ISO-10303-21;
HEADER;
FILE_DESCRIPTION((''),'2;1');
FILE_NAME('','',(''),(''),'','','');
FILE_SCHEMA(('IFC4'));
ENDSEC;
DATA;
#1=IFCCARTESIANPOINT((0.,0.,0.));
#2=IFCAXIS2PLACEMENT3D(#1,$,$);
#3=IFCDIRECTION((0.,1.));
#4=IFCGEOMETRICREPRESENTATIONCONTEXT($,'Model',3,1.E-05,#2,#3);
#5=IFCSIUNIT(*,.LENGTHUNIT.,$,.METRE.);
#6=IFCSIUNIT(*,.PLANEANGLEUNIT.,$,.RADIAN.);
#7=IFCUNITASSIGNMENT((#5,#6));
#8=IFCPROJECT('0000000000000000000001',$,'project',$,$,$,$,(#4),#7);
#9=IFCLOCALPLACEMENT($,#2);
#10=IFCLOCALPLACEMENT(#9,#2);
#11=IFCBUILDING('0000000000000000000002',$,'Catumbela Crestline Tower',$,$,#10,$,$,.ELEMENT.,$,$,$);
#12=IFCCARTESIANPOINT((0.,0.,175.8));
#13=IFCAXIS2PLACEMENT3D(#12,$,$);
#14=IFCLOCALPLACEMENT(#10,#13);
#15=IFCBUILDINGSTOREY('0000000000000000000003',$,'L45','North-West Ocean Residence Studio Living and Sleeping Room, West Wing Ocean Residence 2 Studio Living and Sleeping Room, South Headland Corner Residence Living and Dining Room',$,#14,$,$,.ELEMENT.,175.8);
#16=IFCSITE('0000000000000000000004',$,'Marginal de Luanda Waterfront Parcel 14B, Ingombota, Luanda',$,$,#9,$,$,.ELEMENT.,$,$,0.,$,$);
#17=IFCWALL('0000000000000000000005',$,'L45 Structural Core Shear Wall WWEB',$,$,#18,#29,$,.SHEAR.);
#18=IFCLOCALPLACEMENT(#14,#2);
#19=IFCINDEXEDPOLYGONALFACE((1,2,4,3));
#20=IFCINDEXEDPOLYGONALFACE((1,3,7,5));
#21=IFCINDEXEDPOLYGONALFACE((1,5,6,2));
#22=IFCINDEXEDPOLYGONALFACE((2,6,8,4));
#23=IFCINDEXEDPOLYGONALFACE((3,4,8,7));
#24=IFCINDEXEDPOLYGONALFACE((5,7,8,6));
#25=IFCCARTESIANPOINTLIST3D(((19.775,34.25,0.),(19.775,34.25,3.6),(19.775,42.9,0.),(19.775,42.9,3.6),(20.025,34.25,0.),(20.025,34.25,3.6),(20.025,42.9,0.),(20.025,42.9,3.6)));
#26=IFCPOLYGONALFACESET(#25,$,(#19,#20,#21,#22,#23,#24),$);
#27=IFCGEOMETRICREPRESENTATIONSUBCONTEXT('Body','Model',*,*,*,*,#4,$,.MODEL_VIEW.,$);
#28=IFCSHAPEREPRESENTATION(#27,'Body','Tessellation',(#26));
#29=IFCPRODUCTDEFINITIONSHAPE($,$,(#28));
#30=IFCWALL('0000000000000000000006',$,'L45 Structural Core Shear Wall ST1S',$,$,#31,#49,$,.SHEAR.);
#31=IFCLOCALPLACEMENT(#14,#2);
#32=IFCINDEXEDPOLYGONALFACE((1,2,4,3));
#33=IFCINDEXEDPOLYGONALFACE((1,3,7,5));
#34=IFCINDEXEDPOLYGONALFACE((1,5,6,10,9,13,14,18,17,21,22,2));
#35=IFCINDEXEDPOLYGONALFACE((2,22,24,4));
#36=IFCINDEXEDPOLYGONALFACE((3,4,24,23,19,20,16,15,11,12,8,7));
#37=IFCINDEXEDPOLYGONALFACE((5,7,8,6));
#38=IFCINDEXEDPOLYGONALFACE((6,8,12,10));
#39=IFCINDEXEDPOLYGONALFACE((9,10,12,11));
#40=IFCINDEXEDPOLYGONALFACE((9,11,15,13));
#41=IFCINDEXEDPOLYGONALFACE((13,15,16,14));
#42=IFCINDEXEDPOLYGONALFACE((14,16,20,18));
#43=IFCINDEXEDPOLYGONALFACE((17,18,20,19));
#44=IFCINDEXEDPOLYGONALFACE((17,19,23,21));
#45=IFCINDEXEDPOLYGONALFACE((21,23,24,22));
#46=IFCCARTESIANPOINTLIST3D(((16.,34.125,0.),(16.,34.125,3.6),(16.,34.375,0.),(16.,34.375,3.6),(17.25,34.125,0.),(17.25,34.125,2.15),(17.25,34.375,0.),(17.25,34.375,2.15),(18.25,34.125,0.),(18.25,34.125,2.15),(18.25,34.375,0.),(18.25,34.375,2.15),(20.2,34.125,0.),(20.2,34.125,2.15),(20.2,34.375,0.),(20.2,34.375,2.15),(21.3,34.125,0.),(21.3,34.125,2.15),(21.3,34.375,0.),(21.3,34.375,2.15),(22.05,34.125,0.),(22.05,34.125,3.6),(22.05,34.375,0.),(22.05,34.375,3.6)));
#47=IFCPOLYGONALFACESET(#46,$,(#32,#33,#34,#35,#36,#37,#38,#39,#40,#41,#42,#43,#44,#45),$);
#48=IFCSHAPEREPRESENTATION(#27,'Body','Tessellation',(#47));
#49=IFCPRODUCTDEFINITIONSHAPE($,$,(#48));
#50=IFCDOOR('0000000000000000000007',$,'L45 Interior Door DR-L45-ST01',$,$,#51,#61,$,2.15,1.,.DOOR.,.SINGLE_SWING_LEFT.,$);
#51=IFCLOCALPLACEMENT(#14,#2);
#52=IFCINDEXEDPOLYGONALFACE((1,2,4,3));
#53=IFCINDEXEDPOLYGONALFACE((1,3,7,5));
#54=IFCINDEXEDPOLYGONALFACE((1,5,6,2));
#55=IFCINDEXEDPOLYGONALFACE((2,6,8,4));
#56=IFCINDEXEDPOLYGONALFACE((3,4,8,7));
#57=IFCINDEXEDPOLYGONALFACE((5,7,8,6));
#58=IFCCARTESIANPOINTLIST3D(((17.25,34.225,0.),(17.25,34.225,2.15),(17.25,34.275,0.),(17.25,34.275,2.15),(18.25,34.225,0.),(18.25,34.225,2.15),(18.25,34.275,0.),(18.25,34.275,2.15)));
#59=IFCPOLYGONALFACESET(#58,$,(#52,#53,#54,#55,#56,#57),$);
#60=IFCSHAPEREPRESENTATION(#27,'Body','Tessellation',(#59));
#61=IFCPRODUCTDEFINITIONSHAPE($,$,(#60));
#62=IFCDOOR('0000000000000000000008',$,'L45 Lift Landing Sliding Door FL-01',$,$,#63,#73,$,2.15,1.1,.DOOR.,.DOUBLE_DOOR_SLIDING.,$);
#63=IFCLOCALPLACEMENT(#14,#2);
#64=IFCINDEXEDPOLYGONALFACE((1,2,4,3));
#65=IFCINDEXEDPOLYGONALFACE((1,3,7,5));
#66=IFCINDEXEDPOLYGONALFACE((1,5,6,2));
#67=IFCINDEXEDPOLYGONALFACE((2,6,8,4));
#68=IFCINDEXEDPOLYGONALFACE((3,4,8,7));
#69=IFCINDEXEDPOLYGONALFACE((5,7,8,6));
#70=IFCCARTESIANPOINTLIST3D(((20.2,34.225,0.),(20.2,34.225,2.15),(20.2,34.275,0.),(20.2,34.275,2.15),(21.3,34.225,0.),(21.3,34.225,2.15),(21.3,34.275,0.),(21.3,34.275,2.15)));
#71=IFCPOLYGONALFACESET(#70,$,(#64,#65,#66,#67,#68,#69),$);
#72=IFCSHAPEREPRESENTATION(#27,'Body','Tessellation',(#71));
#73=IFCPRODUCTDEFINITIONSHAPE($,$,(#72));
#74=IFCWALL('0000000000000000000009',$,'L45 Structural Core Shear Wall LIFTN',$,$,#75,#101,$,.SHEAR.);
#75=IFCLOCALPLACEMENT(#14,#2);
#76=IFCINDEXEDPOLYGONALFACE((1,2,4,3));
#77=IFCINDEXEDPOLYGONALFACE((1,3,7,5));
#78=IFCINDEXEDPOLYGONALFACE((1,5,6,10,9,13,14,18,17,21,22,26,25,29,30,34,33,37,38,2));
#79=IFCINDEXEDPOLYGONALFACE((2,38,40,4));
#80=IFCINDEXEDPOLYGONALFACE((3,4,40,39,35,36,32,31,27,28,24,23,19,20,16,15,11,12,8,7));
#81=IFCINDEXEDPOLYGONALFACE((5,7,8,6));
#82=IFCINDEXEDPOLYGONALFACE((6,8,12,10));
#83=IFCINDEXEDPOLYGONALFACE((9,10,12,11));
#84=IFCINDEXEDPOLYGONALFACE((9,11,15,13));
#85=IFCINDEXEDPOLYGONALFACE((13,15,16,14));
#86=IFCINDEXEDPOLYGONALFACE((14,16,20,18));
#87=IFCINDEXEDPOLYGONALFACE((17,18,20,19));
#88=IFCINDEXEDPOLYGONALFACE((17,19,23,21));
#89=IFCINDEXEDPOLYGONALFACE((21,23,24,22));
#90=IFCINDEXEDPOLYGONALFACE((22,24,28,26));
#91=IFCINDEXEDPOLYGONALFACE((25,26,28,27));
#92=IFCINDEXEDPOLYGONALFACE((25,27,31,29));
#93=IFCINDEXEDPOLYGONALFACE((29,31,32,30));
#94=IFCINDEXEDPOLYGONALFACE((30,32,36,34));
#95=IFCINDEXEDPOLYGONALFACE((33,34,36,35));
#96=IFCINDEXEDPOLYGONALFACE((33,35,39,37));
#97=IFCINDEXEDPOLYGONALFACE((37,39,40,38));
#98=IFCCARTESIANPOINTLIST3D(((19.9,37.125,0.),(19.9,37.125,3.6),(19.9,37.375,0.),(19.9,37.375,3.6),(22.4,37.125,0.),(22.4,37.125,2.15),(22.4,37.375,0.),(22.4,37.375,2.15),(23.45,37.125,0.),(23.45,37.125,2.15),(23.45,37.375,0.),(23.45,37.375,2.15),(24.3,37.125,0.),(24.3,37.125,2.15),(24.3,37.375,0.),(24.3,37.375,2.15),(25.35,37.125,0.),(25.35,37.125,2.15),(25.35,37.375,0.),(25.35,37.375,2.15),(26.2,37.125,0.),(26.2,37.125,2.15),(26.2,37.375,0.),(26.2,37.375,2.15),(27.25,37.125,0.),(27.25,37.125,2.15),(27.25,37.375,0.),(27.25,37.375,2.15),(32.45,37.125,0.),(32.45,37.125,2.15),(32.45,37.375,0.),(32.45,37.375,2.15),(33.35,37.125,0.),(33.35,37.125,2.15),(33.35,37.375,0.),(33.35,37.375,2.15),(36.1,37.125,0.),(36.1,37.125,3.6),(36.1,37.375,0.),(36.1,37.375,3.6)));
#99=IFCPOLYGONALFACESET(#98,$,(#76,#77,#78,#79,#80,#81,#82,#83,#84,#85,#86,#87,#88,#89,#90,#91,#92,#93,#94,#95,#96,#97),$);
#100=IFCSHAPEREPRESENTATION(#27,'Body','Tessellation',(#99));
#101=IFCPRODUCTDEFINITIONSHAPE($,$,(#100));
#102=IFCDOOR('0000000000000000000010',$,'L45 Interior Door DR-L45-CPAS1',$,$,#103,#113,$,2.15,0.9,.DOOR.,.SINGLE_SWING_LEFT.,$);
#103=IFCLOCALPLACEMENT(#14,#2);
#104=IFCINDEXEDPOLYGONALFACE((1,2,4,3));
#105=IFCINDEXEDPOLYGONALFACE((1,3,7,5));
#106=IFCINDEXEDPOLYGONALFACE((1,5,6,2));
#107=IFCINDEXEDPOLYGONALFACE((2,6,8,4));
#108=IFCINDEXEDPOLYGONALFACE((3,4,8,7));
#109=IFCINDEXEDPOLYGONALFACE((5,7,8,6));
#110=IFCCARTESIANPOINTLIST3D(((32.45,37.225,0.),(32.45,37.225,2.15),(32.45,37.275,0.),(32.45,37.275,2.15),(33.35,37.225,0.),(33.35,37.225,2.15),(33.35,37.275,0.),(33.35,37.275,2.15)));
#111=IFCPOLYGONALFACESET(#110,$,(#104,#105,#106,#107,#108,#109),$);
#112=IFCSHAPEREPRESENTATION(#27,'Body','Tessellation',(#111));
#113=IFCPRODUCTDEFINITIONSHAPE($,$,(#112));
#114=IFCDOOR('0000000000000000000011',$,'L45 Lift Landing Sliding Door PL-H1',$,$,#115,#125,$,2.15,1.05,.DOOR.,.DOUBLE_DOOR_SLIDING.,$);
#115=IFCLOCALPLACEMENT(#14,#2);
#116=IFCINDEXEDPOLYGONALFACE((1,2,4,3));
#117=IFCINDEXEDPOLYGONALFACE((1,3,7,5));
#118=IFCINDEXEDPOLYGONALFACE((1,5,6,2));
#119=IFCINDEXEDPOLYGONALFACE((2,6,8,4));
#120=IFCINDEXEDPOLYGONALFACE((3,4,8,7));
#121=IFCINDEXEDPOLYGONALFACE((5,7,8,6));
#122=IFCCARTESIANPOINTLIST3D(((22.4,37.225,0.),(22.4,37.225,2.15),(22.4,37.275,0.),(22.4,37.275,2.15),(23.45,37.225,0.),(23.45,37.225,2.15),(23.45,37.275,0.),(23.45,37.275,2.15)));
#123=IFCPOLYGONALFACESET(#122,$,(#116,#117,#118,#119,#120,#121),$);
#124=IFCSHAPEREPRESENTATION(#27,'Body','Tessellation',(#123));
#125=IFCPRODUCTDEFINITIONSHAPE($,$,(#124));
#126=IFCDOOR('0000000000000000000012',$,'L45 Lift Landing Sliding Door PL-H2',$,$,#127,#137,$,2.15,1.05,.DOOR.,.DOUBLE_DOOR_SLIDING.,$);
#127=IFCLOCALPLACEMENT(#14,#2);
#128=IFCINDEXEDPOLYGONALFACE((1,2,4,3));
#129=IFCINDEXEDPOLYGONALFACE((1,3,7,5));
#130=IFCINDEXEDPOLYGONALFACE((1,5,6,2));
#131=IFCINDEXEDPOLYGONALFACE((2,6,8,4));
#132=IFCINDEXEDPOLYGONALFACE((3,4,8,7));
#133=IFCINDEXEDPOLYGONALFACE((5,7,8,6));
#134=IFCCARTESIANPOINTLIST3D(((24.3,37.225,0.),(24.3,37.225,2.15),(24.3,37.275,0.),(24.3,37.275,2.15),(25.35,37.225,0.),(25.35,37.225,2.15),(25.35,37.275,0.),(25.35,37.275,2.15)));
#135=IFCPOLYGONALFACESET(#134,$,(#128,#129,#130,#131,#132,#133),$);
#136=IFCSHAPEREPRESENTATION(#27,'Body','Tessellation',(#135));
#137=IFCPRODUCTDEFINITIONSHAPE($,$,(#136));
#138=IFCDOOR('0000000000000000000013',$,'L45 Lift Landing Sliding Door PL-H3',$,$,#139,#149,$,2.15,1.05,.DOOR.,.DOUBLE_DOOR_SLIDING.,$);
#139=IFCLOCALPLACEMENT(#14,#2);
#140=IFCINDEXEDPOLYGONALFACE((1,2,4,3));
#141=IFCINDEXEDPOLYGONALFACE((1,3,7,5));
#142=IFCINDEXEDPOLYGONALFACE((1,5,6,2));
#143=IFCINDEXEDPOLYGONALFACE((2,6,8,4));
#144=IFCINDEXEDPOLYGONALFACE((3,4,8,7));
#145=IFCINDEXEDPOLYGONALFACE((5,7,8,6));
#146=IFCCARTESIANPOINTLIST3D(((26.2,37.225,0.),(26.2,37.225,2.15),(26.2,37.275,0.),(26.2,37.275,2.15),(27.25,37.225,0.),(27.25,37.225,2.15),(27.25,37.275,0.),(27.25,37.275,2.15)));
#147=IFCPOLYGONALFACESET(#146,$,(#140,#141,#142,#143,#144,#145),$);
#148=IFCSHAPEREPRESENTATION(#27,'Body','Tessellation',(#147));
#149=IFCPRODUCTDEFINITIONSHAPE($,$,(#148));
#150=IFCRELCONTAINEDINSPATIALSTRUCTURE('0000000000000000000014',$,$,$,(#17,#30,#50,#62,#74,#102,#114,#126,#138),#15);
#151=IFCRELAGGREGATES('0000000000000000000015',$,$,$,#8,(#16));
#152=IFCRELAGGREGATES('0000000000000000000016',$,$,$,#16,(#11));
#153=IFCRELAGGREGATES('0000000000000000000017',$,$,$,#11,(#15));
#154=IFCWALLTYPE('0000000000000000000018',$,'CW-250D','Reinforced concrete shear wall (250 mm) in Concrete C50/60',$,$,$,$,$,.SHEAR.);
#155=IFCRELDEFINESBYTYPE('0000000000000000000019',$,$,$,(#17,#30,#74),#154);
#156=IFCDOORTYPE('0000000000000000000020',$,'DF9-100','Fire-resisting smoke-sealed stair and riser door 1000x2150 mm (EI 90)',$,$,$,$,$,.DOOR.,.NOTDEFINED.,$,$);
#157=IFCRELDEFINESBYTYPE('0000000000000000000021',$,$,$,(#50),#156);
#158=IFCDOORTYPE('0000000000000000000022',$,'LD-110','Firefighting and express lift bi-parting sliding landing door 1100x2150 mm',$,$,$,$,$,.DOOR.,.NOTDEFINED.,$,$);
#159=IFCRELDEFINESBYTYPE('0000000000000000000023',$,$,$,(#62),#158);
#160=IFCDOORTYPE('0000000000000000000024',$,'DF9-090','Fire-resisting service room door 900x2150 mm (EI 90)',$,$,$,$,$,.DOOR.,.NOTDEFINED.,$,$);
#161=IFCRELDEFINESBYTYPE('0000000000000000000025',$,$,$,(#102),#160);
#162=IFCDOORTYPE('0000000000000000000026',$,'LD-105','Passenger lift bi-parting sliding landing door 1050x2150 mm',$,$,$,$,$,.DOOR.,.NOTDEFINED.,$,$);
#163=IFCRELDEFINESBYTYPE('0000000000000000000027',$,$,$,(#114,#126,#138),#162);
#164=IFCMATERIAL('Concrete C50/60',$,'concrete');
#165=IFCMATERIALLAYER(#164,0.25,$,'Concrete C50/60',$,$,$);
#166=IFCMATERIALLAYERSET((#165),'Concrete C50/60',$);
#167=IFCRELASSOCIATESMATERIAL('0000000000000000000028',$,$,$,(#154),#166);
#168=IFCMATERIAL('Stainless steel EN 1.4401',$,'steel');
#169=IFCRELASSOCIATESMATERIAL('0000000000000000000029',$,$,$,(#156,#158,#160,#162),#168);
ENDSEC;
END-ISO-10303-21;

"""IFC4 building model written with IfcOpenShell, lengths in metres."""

from ifc_helpers import new_model, si_unit, direction, frame, frame_2d, origin, place, context, subcontext, project, spatial, rectangle, extrude, material, layer, layer_set, type_object, element, fill, save


model = new_model("IFC4")

# Units and contexts
model_context = context("Model", 3, precision=1e-05, world=origin(), true_north=direction((0.0, 1.0)))
body_context = subcontext(model_context, "Body", "Model", "MODEL_VIEW")
ifc_project = project(units=[si_unit("LENGTHUNIT", "METRE"), si_unit("PLANEANGLEUNIT", "RADIAN")], contexts=[model_context])

# Site, building, storey
site_placement = place(None, origin())
site = spatial("IfcSite", under=ifc_project, at=site_placement, Name="Marginal de Luanda Waterfront Parcel 14B, Ingombota, Luanda", CompositionType="ELEMENT", RefElevation=0.0)
building_placement = place(site_placement, origin())
building = spatial("IfcBuilding", under=site, at=building_placement, Name="Catumbela Crestline Tower", CompositionType="ELEMENT")
storey_placement = place(building_placement, frame((0.0, 0.0, 175.8)))
storey = spatial("IfcBuildingStorey", under=building, at=storey_placement, Name="L45", Description="North-West Ocean Residence Studio Living and Sleeping Room, West Wing Ocean Residence 2 Studio Living and Sleeping Room, South Headland Corner Residence Living and Dining Room", CompositionType="ELEMENT", Elevation=175.8)

# Wall
ifc_material_1 = material(Name="Concrete C50/60", Category="concrete")
ifc_layer_1 = layer(ifc_material_1, 0.25, Name="Concrete C50/60")
ifc_layer_set_1 = layer_set([ifc_layer_1], Name="Concrete C50/60")
wall_type_1 = type_object("IfcWallType", Name="CW-250D", Description="Reinforced concrete shear wall (250 mm) in Concrete C50/60", PredefinedType="SHEAR", material=ifc_layer_set_1)
wall_1_placement = place(storey_placement, frame((19.9, 34.25, 0.0), z_axis=(0.0, 0.0, 1.0), x_axis=(0.0, 1.0, 0.0)))
element("IfcWall", 1, at=wall_1_placement, inside=storey, type_object=wall_type_1, Name="L45 Structural Core Shear Wall WWEB", PredefinedType="SHEAR", context=body_context, shape_type="SweptSolid", body=[
    extrude(rectangle(XDim=8.65, YDim=0.25, at=frame_2d((4.325, 0.0))), origin(), (0.0, 0.0, 1.0), 3.6),
])

# Walls, openings, doors
wall_2_placement = place(storey_placement, frame((16.0, 34.25, 0.0), z_axis=(0.0, 0.0, 1.0), x_axis=(1.0, 0.0, 0.0)))
wall_2 = element("IfcWall", 2, at=wall_2_placement, inside=storey, type_object=wall_type_1, Name="L45 Structural Core Shear Wall ST1S", PredefinedType="SHEAR", context=body_context, shape_type="SweptSolid", body=[
    extrude(rectangle(XDim=6.05, YDim=0.25, at=frame_2d((3.025, 0.0))), origin(), (0.0, 0.0, 1.0), 3.6),
])
opening_1_placement = place(wall_2_placement, frame((1.25, 0.0, 0.0)))
opening_1 = element("IfcOpeningElement", 3, at=opening_1_placement, cuts=wall_2, PredefinedType="OPENING", context=body_context, shape_type="SweptSolid", body=[
    extrude(rectangle(XDim=1.0, YDim=2.15, at=frame_2d((0.5, 1.075))), frame((0.0, 0.135, 0.0), z_axis=(0.0, -1.0, 0.0), x_axis=(1.0, 0.0, 0.0)), (0.0, 0.0, 1.0), 0.27),
])
opening_2_placement = place(wall_2_placement, frame((4.2, 0.0, 0.0)))
opening_2 = element("IfcOpeningElement", 4, at=opening_2_placement, cuts=wall_2, PredefinedType="OPENING", context=body_context, shape_type="SweptSolid", body=[
    extrude(rectangle(XDim=1.1, YDim=2.15, at=frame_2d((0.55, 1.075))), frame((0.0, 0.135, 0.0), z_axis=(0.0, -1.0, 0.0), x_axis=(1.0, 0.0, 0.0)), (0.0, 0.0, 1.0), 0.27),
])
ifc_material_2 = material(Name="Stainless steel EN 1.4401", Category="steel")
door_type_1 = type_object("IfcDoorType", Name="DF9-100", Description="Fire-resisting smoke-sealed stair and riser door 1000x2150 mm (EI 90)", OperationType="NOTDEFINED", PredefinedType="DOOR", material=ifc_material_2)
door_1_placement = place(opening_1_placement, origin())
door_1 = element("IfcDoor", 5, at=door_1_placement, inside=storey, type_object=door_type_1, Name="L45 Interior Door DR-L45-ST01", OperationType="SINGLE_SWING_LEFT", OverallHeight=2.15, OverallWidth=1.0, PredefinedType="DOOR", context=body_context, shape_type="SweptSolid", body=[
    extrude(rectangle(XDim=1.0, YDim=2.15, at=frame_2d((0.5, 1.075))), frame((0.0, 0.025, 0.0), z_axis=(0.0, -1.0, 0.0), x_axis=(1.0, 0.0, 0.0)), (0.0, 0.0, 1.0), 0.05),
])
fill(opening_1, door_1)
door_type_2 = type_object("IfcDoorType", Name="LD-110", Description="Firefighting and express lift bi-parting sliding landing door 1100x2150 mm", OperationType="NOTDEFINED", PredefinedType="DOOR", material=ifc_material_2)
door_2_placement = place(opening_2_placement, origin())
door_2 = element("IfcDoor", 6, at=door_2_placement, inside=storey, type_object=door_type_2, Name="L45 Lift Landing Sliding Door FL-01", OperationType="DOUBLE_DOOR_SLIDING", OverallHeight=2.15, OverallWidth=1.1, PredefinedType="DOOR", context=body_context, shape_type="SweptSolid", body=[
    extrude(rectangle(XDim=1.1, YDim=2.15, at=frame_2d((0.55, 1.075))), frame((0.0, 0.025, 0.0), z_axis=(0.0, -1.0, 0.0), x_axis=(1.0, 0.0, 0.0)), (0.0, 0.0, 1.0), 0.05),
])
fill(opening_2, door_2)
wall_3_placement = place(storey_placement, frame((19.9, 37.25, 0.0), z_axis=(0.0, 0.0, 1.0), x_axis=(1.0, 0.0, 0.0)))
wall_3 = element("IfcWall", 7, at=wall_3_placement, inside=storey, type_object=wall_type_1, Name="L45 Structural Core Shear Wall LIFTN", PredefinedType="SHEAR", context=body_context, shape_type="SweptSolid", body=[
    extrude(rectangle(XDim=16.2, YDim=0.25, at=frame_2d((8.1, 0.0))), origin(), (0.0, 0.0, 1.0), 3.6),
])
opening_3_placement = place(wall_3_placement, frame((12.55, 0.0, 0.0)))
opening_3 = element("IfcOpeningElement", 8, at=opening_3_placement, cuts=wall_3, PredefinedType="OPENING", context=body_context, shape_type="SweptSolid", body=[
    extrude(rectangle(XDim=0.9, YDim=2.15, at=frame_2d((0.45, 1.075))), frame((0.0, 0.135, 0.0), z_axis=(0.0, -1.0, 0.0), x_axis=(1.0, 0.0, 0.0)), (0.0, 0.0, 1.0), 0.27),
])
opening_4_placement = place(wall_3_placement, frame((2.5, 0.0, 0.0)))
opening_4 = element("IfcOpeningElement", 9, at=opening_4_placement, cuts=wall_3, PredefinedType="OPENING", context=body_context, shape_type="SweptSolid", body=[
    extrude(rectangle(XDim=1.05, YDim=2.15, at=frame_2d((0.525, 1.075))), frame((0.0, 0.135, 0.0), z_axis=(0.0, -1.0, 0.0), x_axis=(1.0, 0.0, 0.0)), (0.0, 0.0, 1.0), 0.27),
])
opening_5_placement = place(wall_3_placement, frame((4.4, 0.0, 0.0)))
opening_5 = element("IfcOpeningElement", 10, at=opening_5_placement, cuts=wall_3, PredefinedType="OPENING", context=body_context, shape_type="SweptSolid", body=[
    extrude(rectangle(XDim=1.05, YDim=2.15, at=frame_2d((0.525, 1.075))), frame((0.0, 0.135, 0.0), z_axis=(0.0, -1.0, 0.0), x_axis=(1.0, 0.0, 0.0)), (0.0, 0.0, 1.0), 0.27),
])
opening_6_placement = place(wall_3_placement, frame((6.3, 0.0, 0.0)))
opening_6 = element("IfcOpeningElement", 11, at=opening_6_placement, cuts=wall_3, PredefinedType="OPENING", context=body_context, shape_type="SweptSolid", body=[
    extrude(rectangle(XDim=1.05, YDim=2.15, at=frame_2d((0.525, 1.075))), frame((0.0, 0.135, 0.0), z_axis=(0.0, -1.0, 0.0), x_axis=(1.0, 0.0, 0.0)), (0.0, 0.0, 1.0), 0.27),
])
door_type_3 = type_object("IfcDoorType", Name="DF9-090", Description="Fire-resisting service room door 900x2150 mm (EI 90)", OperationType="NOTDEFINED", PredefinedType="DOOR", material=ifc_material_2)
door_3_placement = place(opening_3_placement, origin())
door_3 = element("IfcDoor", 12, at=door_3_placement, inside=storey, type_object=door_type_3, Name="L45 Interior Door DR-L45-CPAS1", OperationType="SINGLE_SWING_LEFT", OverallHeight=2.15, OverallWidth=0.9, PredefinedType="DOOR", context=body_context, shape_type="SweptSolid", body=[
    extrude(rectangle(XDim=0.9, YDim=2.15, at=frame_2d((0.45, 1.075))), frame((0.0, 0.025, 0.0), z_axis=(0.0, -1.0, 0.0), x_axis=(1.0, 0.0, 0.0)), (0.0, 0.0, 1.0), 0.05),
])
fill(opening_3, door_3)
door_type_4 = type_object("IfcDoorType", Name="LD-105", Description="Passenger lift bi-parting sliding landing door 1050x2150 mm", OperationType="NOTDEFINED", PredefinedType="DOOR", material=ifc_material_2)
door_4_placement = place(opening_4_placement, origin())
door_4 = element("IfcDoor", 13, at=door_4_placement, inside=storey, type_object=door_type_4, Name="L45 Lift Landing Sliding Door PL-H1", OperationType="DOUBLE_DOOR_SLIDING", OverallHeight=2.15, OverallWidth=1.05, PredefinedType="DOOR", context=body_context, shape_type="SweptSolid", body=[
    extrude(rectangle(XDim=1.05, YDim=2.15, at=frame_2d((0.525, 1.075))), frame((0.0, 0.025, 0.0), z_axis=(0.0, -1.0, 0.0), x_axis=(1.0, 0.0, 0.0)), (0.0, 0.0, 1.0), 0.05),
])
fill(opening_4, door_4)
door_5_placement = place(opening_5_placement, origin())
door_5 = element("IfcDoor", 14, at=door_5_placement, inside=storey, type_object=door_type_4, Name="L45 Lift Landing Sliding Door PL-H2", OperationType="DOUBLE_DOOR_SLIDING", OverallHeight=2.15, OverallWidth=1.05, PredefinedType="DOOR", context=body_context, shape_type="SweptSolid", body=[
    extrude(rectangle(XDim=1.05, YDim=2.15, at=frame_2d((0.525, 1.075))), frame((0.0, 0.025, 0.0), z_axis=(0.0, -1.0, 0.0), x_axis=(1.0, 0.0, 0.0)), (0.0, 0.0, 1.0), 0.05),
])
fill(opening_5, door_5)
door_6_placement = place(opening_6_placement, origin())
door_6 = element("IfcDoor", 15, at=door_6_placement, inside=storey, type_object=door_type_4, Name="L45 Lift Landing Sliding Door PL-H3", OperationType="DOUBLE_DOOR_SLIDING", OverallHeight=2.15, OverallWidth=1.05, PredefinedType="DOOR", context=body_context, shape_type="SweptSolid", body=[
    extrude(rectangle(XDim=1.05, YDim=2.15, at=frame_2d((0.525, 1.075))), frame((0.0, 0.025, 0.0), z_axis=(0.0, -1.0, 0.0), x_axis=(1.0, 0.0, 0.0)), (0.0, 0.0, 1.0), 0.05),
])
fill(opening_6, door_6)

save(model, "model.ifc")
